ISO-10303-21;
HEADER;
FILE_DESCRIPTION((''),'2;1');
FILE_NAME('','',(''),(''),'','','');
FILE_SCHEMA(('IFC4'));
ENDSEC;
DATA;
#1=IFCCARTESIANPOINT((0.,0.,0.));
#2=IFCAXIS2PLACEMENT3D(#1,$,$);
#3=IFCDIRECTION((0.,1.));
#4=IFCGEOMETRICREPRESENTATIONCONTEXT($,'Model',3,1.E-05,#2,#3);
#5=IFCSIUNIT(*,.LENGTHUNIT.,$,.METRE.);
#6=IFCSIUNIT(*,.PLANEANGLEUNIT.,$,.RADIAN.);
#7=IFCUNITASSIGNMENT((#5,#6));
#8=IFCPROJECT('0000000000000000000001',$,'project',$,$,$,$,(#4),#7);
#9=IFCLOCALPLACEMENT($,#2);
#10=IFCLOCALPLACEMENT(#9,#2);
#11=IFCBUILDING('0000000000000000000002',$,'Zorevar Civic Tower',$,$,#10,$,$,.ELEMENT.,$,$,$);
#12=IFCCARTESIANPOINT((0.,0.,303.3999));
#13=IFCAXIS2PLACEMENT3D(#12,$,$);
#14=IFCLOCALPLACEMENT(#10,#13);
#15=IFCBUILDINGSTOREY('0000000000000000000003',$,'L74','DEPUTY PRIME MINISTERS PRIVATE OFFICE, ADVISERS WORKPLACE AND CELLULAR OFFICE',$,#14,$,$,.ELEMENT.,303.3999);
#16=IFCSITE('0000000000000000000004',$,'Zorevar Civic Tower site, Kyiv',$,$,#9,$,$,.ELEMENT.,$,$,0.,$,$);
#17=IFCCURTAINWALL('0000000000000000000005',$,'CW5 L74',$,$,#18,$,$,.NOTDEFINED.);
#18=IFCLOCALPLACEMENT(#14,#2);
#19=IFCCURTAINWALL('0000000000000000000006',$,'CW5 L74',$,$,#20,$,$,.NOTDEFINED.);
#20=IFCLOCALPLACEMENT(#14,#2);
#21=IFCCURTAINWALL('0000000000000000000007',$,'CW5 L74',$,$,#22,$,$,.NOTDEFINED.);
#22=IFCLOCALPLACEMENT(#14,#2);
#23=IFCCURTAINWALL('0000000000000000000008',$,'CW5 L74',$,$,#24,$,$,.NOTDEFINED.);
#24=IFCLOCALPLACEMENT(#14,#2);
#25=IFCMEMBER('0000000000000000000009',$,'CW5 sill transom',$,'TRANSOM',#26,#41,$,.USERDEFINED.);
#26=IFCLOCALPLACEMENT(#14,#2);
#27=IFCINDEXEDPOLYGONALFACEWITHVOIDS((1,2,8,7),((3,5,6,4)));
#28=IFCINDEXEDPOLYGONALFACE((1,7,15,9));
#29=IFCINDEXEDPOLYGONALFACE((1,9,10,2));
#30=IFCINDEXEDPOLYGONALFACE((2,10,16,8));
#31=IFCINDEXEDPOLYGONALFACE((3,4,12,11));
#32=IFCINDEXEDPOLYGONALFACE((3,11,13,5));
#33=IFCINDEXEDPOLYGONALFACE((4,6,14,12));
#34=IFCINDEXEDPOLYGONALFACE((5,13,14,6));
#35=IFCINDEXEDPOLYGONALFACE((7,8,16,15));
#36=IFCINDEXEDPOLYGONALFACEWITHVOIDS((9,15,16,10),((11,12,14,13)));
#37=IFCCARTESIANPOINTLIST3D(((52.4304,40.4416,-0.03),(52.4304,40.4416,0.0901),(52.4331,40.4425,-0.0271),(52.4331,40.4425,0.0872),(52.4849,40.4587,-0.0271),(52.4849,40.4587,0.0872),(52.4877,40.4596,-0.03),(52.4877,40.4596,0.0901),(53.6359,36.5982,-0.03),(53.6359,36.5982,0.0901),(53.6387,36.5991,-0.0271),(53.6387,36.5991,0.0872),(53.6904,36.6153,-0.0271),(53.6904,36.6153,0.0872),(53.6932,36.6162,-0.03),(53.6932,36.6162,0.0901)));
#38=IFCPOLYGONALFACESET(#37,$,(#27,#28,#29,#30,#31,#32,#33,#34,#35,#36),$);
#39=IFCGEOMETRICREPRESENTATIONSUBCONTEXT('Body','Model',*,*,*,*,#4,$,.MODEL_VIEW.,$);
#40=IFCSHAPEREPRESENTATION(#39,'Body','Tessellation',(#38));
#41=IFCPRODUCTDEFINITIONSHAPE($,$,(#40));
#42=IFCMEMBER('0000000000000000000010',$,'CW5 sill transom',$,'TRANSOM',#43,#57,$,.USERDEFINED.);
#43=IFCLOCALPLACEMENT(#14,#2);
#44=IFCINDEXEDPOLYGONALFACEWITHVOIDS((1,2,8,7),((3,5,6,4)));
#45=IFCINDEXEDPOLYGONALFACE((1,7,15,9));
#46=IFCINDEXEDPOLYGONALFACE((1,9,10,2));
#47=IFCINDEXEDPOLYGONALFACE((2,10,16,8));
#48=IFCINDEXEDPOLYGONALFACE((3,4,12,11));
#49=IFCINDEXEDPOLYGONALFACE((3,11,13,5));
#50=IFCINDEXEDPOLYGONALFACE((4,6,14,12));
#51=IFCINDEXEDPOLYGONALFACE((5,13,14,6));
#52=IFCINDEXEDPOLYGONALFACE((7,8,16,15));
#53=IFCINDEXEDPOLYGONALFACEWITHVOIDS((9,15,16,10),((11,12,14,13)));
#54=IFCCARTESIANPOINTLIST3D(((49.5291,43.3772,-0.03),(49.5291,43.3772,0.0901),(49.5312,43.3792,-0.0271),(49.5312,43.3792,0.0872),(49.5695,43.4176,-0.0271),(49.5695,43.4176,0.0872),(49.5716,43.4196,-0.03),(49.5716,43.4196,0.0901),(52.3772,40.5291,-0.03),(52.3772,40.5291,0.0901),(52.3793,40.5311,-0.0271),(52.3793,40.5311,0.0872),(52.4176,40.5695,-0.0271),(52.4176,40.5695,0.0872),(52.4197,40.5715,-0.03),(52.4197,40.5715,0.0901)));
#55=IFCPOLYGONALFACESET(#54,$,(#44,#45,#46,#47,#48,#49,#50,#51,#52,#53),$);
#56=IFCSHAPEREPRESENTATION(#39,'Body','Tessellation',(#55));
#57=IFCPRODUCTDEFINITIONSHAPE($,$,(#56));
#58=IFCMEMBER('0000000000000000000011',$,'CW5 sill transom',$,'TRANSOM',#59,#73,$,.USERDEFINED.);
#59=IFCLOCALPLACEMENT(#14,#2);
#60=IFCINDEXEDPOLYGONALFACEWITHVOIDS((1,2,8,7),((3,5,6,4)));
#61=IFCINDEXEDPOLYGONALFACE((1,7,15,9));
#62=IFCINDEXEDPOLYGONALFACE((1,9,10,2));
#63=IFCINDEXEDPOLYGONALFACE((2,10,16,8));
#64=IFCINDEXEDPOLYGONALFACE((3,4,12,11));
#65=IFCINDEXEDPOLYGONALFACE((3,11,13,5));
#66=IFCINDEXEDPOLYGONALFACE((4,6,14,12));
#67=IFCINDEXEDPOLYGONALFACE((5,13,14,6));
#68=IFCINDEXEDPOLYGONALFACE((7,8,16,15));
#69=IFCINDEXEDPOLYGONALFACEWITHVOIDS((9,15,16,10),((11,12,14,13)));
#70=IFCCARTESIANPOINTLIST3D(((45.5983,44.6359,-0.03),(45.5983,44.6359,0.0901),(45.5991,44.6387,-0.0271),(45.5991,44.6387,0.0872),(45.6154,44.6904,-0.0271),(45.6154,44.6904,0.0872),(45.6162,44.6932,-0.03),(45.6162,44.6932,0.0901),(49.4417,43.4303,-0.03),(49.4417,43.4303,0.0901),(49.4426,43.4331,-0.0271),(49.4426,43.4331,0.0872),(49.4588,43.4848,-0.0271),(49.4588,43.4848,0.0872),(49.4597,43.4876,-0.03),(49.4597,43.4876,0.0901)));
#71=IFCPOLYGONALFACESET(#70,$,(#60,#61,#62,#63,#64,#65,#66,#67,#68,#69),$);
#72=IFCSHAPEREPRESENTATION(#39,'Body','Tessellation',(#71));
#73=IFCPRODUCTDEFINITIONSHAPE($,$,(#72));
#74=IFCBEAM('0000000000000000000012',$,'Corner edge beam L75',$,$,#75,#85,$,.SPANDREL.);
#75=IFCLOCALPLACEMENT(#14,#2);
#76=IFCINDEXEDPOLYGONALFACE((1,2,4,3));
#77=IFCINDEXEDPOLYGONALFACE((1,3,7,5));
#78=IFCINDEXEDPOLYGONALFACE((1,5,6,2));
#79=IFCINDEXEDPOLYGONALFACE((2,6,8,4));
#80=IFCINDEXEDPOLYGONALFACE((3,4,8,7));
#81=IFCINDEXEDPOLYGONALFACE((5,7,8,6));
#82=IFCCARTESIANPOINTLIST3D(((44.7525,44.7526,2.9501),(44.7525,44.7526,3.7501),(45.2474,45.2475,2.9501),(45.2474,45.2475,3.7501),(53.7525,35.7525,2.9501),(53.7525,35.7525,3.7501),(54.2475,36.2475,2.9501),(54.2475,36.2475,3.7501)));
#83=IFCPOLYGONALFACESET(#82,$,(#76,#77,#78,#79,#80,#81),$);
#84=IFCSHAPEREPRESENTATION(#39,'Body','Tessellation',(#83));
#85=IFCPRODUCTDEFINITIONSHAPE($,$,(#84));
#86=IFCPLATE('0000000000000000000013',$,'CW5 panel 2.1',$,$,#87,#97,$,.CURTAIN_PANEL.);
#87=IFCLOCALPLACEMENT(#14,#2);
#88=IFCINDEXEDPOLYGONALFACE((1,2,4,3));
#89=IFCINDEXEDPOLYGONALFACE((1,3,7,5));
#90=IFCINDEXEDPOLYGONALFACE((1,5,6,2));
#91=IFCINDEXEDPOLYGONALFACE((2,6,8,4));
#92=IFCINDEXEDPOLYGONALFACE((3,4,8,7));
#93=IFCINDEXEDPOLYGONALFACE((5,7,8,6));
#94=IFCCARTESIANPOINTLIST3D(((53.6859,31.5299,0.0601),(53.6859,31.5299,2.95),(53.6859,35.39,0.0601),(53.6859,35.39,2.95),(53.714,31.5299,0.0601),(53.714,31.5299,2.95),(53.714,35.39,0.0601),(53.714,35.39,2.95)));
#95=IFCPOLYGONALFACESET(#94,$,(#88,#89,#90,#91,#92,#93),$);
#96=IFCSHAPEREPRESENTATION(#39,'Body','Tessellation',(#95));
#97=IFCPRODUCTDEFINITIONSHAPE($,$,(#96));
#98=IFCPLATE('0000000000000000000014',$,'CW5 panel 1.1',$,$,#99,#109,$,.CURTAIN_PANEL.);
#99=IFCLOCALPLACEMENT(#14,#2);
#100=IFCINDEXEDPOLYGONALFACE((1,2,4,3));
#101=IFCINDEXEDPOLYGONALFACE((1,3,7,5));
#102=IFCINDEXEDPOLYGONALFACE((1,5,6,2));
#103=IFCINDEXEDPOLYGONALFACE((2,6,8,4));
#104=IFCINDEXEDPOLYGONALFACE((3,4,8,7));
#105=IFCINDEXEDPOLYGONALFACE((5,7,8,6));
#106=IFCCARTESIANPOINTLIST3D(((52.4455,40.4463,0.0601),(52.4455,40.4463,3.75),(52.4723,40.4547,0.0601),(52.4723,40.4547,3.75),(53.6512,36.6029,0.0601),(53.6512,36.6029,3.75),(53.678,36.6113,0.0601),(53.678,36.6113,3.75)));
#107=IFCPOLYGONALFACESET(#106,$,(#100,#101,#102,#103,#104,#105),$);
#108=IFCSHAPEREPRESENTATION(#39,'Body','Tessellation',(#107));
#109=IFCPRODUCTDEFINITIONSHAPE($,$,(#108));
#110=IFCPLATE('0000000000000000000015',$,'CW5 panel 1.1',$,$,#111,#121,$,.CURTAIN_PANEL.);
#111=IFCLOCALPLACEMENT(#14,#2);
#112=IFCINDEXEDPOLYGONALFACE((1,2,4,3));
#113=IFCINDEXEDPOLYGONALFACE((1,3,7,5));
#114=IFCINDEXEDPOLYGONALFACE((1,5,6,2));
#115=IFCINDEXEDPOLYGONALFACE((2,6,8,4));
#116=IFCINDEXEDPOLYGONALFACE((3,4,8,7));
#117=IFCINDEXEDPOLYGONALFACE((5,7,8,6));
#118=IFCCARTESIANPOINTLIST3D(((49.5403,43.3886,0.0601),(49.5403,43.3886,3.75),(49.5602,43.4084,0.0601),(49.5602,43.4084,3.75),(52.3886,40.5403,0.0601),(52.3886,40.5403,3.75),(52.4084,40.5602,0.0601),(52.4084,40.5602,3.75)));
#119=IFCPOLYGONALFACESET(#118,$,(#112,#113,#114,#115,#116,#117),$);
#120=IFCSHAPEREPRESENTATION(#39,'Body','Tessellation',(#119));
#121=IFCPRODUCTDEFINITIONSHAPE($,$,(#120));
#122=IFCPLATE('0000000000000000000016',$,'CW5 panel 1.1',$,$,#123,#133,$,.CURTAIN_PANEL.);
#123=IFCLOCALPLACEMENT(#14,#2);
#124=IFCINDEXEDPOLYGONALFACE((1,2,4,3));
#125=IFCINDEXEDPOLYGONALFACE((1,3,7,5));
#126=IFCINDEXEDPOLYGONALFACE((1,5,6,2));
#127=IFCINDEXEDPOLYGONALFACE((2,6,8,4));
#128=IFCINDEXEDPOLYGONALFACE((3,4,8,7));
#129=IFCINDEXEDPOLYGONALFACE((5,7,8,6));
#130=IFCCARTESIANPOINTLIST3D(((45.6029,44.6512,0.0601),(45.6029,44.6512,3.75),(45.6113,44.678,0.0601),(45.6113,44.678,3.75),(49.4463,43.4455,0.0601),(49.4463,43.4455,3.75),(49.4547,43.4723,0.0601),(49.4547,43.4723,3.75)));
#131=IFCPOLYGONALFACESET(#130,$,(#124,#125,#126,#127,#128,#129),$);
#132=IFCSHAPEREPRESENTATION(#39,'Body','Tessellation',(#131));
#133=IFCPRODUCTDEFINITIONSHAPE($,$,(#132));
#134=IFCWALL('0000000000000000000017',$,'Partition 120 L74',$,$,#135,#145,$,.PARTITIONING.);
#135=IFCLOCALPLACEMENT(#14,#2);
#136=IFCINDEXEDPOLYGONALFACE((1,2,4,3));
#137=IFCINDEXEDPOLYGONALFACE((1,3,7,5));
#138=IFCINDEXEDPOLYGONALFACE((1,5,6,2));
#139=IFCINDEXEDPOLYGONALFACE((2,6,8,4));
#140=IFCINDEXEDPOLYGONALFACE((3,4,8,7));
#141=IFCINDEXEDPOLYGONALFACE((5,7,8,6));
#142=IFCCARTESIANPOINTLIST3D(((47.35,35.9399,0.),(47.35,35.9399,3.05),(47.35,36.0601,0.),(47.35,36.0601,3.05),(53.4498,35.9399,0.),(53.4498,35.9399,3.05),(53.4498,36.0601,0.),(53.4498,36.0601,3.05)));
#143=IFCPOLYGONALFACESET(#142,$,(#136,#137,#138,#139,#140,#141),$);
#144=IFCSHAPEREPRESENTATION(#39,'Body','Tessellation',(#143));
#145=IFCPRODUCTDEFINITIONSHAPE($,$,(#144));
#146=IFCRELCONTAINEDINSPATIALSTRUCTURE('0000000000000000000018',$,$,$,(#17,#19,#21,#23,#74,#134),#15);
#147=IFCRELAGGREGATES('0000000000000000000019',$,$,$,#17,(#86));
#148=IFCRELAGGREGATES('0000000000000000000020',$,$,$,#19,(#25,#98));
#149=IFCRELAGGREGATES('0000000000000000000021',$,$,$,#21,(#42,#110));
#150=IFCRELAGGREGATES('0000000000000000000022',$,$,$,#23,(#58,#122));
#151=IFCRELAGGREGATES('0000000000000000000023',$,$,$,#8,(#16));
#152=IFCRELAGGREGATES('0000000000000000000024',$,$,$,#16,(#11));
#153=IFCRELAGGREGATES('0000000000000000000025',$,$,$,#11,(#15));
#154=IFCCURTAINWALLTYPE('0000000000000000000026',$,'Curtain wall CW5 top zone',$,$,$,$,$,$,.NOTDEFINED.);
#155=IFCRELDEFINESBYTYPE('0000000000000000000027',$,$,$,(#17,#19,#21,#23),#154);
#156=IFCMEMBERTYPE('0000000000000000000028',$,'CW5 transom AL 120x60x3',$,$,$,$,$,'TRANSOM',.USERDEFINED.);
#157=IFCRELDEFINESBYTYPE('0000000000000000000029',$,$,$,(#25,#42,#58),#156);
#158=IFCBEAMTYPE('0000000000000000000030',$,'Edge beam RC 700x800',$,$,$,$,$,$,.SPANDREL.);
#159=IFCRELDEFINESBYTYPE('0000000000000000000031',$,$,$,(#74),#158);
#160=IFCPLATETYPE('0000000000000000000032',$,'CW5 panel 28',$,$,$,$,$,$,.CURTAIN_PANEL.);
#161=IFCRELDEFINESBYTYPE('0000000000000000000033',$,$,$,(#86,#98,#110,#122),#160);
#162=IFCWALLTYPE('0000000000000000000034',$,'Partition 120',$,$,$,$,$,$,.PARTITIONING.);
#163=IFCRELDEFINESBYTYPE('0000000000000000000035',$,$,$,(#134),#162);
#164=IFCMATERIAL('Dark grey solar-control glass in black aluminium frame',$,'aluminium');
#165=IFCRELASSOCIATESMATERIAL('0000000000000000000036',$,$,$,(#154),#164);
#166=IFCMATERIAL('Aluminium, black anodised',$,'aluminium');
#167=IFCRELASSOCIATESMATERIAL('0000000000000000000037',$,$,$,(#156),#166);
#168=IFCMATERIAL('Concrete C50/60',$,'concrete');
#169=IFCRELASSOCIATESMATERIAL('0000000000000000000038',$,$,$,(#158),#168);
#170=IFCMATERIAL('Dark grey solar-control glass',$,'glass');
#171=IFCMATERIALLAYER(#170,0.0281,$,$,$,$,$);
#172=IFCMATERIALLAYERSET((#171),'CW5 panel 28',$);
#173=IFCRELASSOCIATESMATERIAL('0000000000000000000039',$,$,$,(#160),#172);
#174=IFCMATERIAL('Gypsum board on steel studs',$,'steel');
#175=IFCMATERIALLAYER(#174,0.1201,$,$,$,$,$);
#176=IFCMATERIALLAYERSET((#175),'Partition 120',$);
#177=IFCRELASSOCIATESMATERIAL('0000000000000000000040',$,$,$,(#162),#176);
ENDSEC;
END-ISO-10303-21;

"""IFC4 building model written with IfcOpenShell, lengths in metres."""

from ifc_helpers import new_model, si_unit, direction, frame, frame_2d, origin, origin_2d, place, context, subcontext, project, spatial, rectangle, hollow_rectangle, extrude, material, layer, layer_set, material_profile, profile_set, type_object, element, aggregate, save


model = new_model("IFC4")

# Units and contexts
model_context = context("Model", 3, precision=1e-05, world=origin(), true_north=direction((0.0, 1.0)))
body_context = subcontext(model_context, "Body", "Model", "MODEL_VIEW")
ifc_project = project(units=[si_unit("LENGTHUNIT", "METRE"), si_unit("PLANEANGLEUNIT", "RADIAN")], contexts=[model_context])

# Site, building, storey
site_placement = place(None, origin())
site = spatial("IfcSite", under=ifc_project, at=site_placement, Name="Zorevar Civic Tower site, Kyiv", CompositionType="ELEMENT", RefElevation=0.0)
building_placement = place(site_placement, origin())
building = spatial("IfcBuilding", under=site, at=building_placement, Name="Zorevar Civic Tower", CompositionType="ELEMENT")
storey_placement = place(building_placement, frame((0.0, 0.0, 303.3999)))
storey = spatial("IfcBuildingStorey", under=building, at=storey_placement, Name="L74", Description="DEPUTY PRIME MINISTERS PRIVATE OFFICE, ADVISERS WORKPLACE AND CELLULAR OFFICE", CompositionType="ELEMENT", Elevation=303.3999)

# Curtain wall
ifc_material_1 = material(Name="Dark grey solar-control glass in black aluminium frame", Category="aluminium")
curtain_wall_type = type_object("IfcCurtainWallType", Name="Curtain wall CW5 top zone", PredefinedType="NOTDEFINED", material=ifc_material_1)
curtain_wall_1_placement = place(storey_placement, origin())
curtain_wall_1 = element("IfcCurtainWall", 1, at=curtain_wall_1_placement, inside=storey, type_object=curtain_wall_type, Name="CW5 L74", PredefinedType="NOTDEFINED")

# Curtain walls
curtain_wall_2_placement = place(storey_placement, origin())
curtain_wall_2 = element("IfcCurtainWall", 2, at=curtain_wall_2_placement, inside=storey, type_object=curtain_wall_type, Name="CW5 L74", PredefinedType="NOTDEFINED")
curtain_wall_3_placement = place(storey_placement, origin())
curtain_wall_3 = element("IfcCurtainWall", 3, at=curtain_wall_3_placement, inside=storey, type_object=curtain_wall_type, Name="CW5 L74", PredefinedType="NOTDEFINED")
curtain_wall_4_placement = place(storey_placement, origin())
curtain_wall_4 = element("IfcCurtainWall", 4, at=curtain_wall_4_placement, inside=storey, type_object=curtain_wall_type, Name="CW5 L74", PredefinedType="NOTDEFINED")

# Members
ifc_material_2 = material(Name="Aluminium, black anodised", Category="aluminium")
ifc_material_profile_1 = material_profile(ifc_material_2, hollow_rectangle(XDim=0.0601, YDim=0.1201, WallThickness=0.0029, at=origin_2d()), Name="AL 120x60x3")
ifc_profile_set_1 = profile_set([ifc_material_profile_1], Name="Aluminium, black anodised")
member_type_1 = type_object("IfcMemberType", Name="CW5 transom AL 120x60x3", ElementType="TRANSOM", PredefinedType="USERDEFINED", material=ifc_profile_set_1)
member_1_placement = place(storey_placement, frame((53.6646, 36.6072, 0.03), z_axis=(-0.299286, 0.954163, 0.0), x_axis=(-0.954163, -0.299286, 0.0)))
member_1 = element("IfcMember", 5, at=member_1_placement, type_object=member_type_1, Name="CW5 sill transom", ObjectType="TRANSOM", PredefinedType="USERDEFINED", context=body_context, shape_type="SweptSolid", body=[
    extrude(hollow_rectangle(XDim=0.0601, YDim=0.1201, WallThickness=0.0029, at=origin_2d()), origin(), (0.0, 0.0, 1.0), 4.0281),
])
member_2_placement = place(storey_placement, frame((52.3984, 40.5503, 0.03), z_axis=(-0.707107, 0.707107, 0.0), x_axis=(-0.707107, -0.707107, 0.0)))
member_2 = element("IfcMember", 6, at=member_2_placement, type_object=member_type_1, Name="CW5 sill transom", ObjectType="TRANSOM", PredefinedType="USERDEFINED", context=body_context, shape_type="SweptSolid", body=[
    extrude(hollow_rectangle(XDim=0.0601, YDim=0.1201, WallThickness=0.0029, at=origin_2d()), origin(), (0.0, 0.0, 1.0), 4.0278),
])
member_3_placement = place(storey_placement, frame((49.4507, 43.459, 0.03), z_axis=(-0.954163, 0.299286, 0.0), x_axis=(-0.299286, -0.954163, 0.0)))
member_3 = element("IfcMember", 7, at=member_3_placement, type_object=member_type_1, Name="CW5 sill transom", ObjectType="TRANSOM", PredefinedType="USERDEFINED", context=body_context, shape_type="SweptSolid", body=[
    extrude(hollow_rectangle(XDim=0.0601, YDim=0.1201, WallThickness=0.0029, at=origin_2d()), origin(), (0.0, 0.0, 1.0), 4.0281),
])

# Beam
ifc_material_3 = material(Name="Concrete C50/60", Category="concrete")
ifc_material_profile_2 = material_profile(ifc_material_3, rectangle(XDim=0.7, YDim=0.8, at=origin_2d()), Name="RC 700x800")
ifc_profile_set_2 = profile_set([ifc_material_profile_2], Name="Concrete C50/60")
beam_type_1 = type_object("IfcBeamType", Name="Edge beam RC 700x800", PredefinedType="SPANDREL", material=ifc_profile_set_2)
beam_1_placement = place(storey_placement, frame((54.0, 36.0, 3.3501), z_axis=(-0.707107, 0.707107, 0.0), x_axis=(-0.707107, -0.707107, 0.0)))
element("IfcBeam", 8, at=beam_1_placement, inside=storey, type_object=beam_type_1, Name="Corner edge beam L75", PredefinedType="SPANDREL", context=body_context, shape_type="SweptSolid", body=[
    extrude(rectangle(XDim=0.7, YDim=0.8, at=origin_2d()), origin(), (0.0, 0.0, 1.0), 12.728),
])

# Plates
ifc_material_4 = material(Name="Dark grey solar-control glass", Category="glass")
ifc_layer_1 = layer(ifc_material_4, 0.0281)
ifc_layer_set_1 = layer_set([ifc_layer_1], Name="CW5 panel 28")
plate_type = type_object("IfcPlateType", Name="CW5 panel 28", PredefinedType="CURTAIN_PANEL", material=ifc_layer_set_1)
plate_1_placement = place(storey_placement, frame((53.7, 33.46, 0.0601), z_axis=(0.0, 0.0, 1.0), x_axis=(0.0, 1.0, 0.0)))
plate_1 = element("IfcPlate", 9, at=plate_1_placement, type_object=plate_type, Name="CW5 panel 2.1", PredefinedType="CURTAIN_PANEL", context=body_context, shape_type="SweptSolid", body=[
    extrude(rectangle(XDim=3.8601, YDim=0.0281, at=origin_2d()), origin(), (0.0, 0.0, 1.0), 2.8899),
])
aggregate(curtain_wall_1, [plate_1])
plate_2_placement = place(storey_placement, frame((53.0618, 38.5288, 0.0601), z_axis=(0.0, 0.0, 1.0), x_axis=(-0.299318, 0.954153, 0.0)))
plate_2 = element("IfcPlate", 10, at=plate_2_placement, type_object=plate_type, Name="CW5 panel 1.1", PredefinedType="CURTAIN_PANEL", context=body_context, shape_type="SweptSolid", body=[
    extrude(rectangle(XDim=4.0281, YDim=0.0281, at=origin_2d()), origin(), (0.0, 0.0, 1.0), 3.6899),
])
aggregate(curtain_wall_2, [member_1, plate_2])
plate_3_placement = place(storey_placement, frame((50.9744, 41.9744, 0.0601), z_axis=(0.0, 0.0, 1.0), x_axis=(-0.707107, 0.707107, 0.0)))
plate_3 = element("IfcPlate", 11, at=plate_3_placement, type_object=plate_type, Name="CW5 panel 1.1", PredefinedType="CURTAIN_PANEL", context=body_context, shape_type="SweptSolid", body=[
    extrude(rectangle(XDim=4.0281, YDim=0.0281, at=origin_2d()), origin(), (0.0, 0.0, 1.0), 3.6899),
])
aggregate(curtain_wall_3, [member_2, plate_3])
plate_4_placement = place(storey_placement, frame((47.5288, 44.0618, 0.0601), z_axis=(0.0, 0.0, 1.0), x_axis=(-0.954153, 0.299318, 0.0)))
plate_4 = element("IfcPlate", 12, at=plate_4_placement, type_object=plate_type, Name="CW5 panel 1.1", PredefinedType="CURTAIN_PANEL", context=body_context, shape_type="SweptSolid", body=[
    extrude(rectangle(XDim=4.0281, YDim=0.0281, at=origin_2d()), origin(), (0.0, 0.0, 1.0), 3.6899),
])
aggregate(curtain_wall_4, [member_3, plate_4])

# Wall
ifc_material_5 = material(Name="Gypsum board on steel studs", Category="steel")
ifc_layer_2 = layer(ifc_material_5, 0.1201)
ifc_layer_set_2 = layer_set([ifc_layer_2], Name="Partition 120")
wall_type_1 = type_object("IfcWallType", Name="Partition 120", PredefinedType="PARTITIONING", material=ifc_layer_set_2)
wall_1_placement = place(storey_placement, frame((47.3501, 36.0, 0.0), z_axis=(0.0, 0.0, 1.0), x_axis=(1.0, 0.0, 0.0)))
element("IfcWall", 13, at=wall_1_placement, inside=storey, type_object=wall_type_1, Name="Partition 120 L74", PredefinedType="PARTITIONING", context=body_context, shape_type="SweptSolid", body=[
    extrude(rectangle(XDim=6.0999, YDim=0.1201, at=frame_2d((3.0498, 0.0))), origin(), (0.0, 0.0, 1.0), 3.05),
])

save(model, "model.ifc")
